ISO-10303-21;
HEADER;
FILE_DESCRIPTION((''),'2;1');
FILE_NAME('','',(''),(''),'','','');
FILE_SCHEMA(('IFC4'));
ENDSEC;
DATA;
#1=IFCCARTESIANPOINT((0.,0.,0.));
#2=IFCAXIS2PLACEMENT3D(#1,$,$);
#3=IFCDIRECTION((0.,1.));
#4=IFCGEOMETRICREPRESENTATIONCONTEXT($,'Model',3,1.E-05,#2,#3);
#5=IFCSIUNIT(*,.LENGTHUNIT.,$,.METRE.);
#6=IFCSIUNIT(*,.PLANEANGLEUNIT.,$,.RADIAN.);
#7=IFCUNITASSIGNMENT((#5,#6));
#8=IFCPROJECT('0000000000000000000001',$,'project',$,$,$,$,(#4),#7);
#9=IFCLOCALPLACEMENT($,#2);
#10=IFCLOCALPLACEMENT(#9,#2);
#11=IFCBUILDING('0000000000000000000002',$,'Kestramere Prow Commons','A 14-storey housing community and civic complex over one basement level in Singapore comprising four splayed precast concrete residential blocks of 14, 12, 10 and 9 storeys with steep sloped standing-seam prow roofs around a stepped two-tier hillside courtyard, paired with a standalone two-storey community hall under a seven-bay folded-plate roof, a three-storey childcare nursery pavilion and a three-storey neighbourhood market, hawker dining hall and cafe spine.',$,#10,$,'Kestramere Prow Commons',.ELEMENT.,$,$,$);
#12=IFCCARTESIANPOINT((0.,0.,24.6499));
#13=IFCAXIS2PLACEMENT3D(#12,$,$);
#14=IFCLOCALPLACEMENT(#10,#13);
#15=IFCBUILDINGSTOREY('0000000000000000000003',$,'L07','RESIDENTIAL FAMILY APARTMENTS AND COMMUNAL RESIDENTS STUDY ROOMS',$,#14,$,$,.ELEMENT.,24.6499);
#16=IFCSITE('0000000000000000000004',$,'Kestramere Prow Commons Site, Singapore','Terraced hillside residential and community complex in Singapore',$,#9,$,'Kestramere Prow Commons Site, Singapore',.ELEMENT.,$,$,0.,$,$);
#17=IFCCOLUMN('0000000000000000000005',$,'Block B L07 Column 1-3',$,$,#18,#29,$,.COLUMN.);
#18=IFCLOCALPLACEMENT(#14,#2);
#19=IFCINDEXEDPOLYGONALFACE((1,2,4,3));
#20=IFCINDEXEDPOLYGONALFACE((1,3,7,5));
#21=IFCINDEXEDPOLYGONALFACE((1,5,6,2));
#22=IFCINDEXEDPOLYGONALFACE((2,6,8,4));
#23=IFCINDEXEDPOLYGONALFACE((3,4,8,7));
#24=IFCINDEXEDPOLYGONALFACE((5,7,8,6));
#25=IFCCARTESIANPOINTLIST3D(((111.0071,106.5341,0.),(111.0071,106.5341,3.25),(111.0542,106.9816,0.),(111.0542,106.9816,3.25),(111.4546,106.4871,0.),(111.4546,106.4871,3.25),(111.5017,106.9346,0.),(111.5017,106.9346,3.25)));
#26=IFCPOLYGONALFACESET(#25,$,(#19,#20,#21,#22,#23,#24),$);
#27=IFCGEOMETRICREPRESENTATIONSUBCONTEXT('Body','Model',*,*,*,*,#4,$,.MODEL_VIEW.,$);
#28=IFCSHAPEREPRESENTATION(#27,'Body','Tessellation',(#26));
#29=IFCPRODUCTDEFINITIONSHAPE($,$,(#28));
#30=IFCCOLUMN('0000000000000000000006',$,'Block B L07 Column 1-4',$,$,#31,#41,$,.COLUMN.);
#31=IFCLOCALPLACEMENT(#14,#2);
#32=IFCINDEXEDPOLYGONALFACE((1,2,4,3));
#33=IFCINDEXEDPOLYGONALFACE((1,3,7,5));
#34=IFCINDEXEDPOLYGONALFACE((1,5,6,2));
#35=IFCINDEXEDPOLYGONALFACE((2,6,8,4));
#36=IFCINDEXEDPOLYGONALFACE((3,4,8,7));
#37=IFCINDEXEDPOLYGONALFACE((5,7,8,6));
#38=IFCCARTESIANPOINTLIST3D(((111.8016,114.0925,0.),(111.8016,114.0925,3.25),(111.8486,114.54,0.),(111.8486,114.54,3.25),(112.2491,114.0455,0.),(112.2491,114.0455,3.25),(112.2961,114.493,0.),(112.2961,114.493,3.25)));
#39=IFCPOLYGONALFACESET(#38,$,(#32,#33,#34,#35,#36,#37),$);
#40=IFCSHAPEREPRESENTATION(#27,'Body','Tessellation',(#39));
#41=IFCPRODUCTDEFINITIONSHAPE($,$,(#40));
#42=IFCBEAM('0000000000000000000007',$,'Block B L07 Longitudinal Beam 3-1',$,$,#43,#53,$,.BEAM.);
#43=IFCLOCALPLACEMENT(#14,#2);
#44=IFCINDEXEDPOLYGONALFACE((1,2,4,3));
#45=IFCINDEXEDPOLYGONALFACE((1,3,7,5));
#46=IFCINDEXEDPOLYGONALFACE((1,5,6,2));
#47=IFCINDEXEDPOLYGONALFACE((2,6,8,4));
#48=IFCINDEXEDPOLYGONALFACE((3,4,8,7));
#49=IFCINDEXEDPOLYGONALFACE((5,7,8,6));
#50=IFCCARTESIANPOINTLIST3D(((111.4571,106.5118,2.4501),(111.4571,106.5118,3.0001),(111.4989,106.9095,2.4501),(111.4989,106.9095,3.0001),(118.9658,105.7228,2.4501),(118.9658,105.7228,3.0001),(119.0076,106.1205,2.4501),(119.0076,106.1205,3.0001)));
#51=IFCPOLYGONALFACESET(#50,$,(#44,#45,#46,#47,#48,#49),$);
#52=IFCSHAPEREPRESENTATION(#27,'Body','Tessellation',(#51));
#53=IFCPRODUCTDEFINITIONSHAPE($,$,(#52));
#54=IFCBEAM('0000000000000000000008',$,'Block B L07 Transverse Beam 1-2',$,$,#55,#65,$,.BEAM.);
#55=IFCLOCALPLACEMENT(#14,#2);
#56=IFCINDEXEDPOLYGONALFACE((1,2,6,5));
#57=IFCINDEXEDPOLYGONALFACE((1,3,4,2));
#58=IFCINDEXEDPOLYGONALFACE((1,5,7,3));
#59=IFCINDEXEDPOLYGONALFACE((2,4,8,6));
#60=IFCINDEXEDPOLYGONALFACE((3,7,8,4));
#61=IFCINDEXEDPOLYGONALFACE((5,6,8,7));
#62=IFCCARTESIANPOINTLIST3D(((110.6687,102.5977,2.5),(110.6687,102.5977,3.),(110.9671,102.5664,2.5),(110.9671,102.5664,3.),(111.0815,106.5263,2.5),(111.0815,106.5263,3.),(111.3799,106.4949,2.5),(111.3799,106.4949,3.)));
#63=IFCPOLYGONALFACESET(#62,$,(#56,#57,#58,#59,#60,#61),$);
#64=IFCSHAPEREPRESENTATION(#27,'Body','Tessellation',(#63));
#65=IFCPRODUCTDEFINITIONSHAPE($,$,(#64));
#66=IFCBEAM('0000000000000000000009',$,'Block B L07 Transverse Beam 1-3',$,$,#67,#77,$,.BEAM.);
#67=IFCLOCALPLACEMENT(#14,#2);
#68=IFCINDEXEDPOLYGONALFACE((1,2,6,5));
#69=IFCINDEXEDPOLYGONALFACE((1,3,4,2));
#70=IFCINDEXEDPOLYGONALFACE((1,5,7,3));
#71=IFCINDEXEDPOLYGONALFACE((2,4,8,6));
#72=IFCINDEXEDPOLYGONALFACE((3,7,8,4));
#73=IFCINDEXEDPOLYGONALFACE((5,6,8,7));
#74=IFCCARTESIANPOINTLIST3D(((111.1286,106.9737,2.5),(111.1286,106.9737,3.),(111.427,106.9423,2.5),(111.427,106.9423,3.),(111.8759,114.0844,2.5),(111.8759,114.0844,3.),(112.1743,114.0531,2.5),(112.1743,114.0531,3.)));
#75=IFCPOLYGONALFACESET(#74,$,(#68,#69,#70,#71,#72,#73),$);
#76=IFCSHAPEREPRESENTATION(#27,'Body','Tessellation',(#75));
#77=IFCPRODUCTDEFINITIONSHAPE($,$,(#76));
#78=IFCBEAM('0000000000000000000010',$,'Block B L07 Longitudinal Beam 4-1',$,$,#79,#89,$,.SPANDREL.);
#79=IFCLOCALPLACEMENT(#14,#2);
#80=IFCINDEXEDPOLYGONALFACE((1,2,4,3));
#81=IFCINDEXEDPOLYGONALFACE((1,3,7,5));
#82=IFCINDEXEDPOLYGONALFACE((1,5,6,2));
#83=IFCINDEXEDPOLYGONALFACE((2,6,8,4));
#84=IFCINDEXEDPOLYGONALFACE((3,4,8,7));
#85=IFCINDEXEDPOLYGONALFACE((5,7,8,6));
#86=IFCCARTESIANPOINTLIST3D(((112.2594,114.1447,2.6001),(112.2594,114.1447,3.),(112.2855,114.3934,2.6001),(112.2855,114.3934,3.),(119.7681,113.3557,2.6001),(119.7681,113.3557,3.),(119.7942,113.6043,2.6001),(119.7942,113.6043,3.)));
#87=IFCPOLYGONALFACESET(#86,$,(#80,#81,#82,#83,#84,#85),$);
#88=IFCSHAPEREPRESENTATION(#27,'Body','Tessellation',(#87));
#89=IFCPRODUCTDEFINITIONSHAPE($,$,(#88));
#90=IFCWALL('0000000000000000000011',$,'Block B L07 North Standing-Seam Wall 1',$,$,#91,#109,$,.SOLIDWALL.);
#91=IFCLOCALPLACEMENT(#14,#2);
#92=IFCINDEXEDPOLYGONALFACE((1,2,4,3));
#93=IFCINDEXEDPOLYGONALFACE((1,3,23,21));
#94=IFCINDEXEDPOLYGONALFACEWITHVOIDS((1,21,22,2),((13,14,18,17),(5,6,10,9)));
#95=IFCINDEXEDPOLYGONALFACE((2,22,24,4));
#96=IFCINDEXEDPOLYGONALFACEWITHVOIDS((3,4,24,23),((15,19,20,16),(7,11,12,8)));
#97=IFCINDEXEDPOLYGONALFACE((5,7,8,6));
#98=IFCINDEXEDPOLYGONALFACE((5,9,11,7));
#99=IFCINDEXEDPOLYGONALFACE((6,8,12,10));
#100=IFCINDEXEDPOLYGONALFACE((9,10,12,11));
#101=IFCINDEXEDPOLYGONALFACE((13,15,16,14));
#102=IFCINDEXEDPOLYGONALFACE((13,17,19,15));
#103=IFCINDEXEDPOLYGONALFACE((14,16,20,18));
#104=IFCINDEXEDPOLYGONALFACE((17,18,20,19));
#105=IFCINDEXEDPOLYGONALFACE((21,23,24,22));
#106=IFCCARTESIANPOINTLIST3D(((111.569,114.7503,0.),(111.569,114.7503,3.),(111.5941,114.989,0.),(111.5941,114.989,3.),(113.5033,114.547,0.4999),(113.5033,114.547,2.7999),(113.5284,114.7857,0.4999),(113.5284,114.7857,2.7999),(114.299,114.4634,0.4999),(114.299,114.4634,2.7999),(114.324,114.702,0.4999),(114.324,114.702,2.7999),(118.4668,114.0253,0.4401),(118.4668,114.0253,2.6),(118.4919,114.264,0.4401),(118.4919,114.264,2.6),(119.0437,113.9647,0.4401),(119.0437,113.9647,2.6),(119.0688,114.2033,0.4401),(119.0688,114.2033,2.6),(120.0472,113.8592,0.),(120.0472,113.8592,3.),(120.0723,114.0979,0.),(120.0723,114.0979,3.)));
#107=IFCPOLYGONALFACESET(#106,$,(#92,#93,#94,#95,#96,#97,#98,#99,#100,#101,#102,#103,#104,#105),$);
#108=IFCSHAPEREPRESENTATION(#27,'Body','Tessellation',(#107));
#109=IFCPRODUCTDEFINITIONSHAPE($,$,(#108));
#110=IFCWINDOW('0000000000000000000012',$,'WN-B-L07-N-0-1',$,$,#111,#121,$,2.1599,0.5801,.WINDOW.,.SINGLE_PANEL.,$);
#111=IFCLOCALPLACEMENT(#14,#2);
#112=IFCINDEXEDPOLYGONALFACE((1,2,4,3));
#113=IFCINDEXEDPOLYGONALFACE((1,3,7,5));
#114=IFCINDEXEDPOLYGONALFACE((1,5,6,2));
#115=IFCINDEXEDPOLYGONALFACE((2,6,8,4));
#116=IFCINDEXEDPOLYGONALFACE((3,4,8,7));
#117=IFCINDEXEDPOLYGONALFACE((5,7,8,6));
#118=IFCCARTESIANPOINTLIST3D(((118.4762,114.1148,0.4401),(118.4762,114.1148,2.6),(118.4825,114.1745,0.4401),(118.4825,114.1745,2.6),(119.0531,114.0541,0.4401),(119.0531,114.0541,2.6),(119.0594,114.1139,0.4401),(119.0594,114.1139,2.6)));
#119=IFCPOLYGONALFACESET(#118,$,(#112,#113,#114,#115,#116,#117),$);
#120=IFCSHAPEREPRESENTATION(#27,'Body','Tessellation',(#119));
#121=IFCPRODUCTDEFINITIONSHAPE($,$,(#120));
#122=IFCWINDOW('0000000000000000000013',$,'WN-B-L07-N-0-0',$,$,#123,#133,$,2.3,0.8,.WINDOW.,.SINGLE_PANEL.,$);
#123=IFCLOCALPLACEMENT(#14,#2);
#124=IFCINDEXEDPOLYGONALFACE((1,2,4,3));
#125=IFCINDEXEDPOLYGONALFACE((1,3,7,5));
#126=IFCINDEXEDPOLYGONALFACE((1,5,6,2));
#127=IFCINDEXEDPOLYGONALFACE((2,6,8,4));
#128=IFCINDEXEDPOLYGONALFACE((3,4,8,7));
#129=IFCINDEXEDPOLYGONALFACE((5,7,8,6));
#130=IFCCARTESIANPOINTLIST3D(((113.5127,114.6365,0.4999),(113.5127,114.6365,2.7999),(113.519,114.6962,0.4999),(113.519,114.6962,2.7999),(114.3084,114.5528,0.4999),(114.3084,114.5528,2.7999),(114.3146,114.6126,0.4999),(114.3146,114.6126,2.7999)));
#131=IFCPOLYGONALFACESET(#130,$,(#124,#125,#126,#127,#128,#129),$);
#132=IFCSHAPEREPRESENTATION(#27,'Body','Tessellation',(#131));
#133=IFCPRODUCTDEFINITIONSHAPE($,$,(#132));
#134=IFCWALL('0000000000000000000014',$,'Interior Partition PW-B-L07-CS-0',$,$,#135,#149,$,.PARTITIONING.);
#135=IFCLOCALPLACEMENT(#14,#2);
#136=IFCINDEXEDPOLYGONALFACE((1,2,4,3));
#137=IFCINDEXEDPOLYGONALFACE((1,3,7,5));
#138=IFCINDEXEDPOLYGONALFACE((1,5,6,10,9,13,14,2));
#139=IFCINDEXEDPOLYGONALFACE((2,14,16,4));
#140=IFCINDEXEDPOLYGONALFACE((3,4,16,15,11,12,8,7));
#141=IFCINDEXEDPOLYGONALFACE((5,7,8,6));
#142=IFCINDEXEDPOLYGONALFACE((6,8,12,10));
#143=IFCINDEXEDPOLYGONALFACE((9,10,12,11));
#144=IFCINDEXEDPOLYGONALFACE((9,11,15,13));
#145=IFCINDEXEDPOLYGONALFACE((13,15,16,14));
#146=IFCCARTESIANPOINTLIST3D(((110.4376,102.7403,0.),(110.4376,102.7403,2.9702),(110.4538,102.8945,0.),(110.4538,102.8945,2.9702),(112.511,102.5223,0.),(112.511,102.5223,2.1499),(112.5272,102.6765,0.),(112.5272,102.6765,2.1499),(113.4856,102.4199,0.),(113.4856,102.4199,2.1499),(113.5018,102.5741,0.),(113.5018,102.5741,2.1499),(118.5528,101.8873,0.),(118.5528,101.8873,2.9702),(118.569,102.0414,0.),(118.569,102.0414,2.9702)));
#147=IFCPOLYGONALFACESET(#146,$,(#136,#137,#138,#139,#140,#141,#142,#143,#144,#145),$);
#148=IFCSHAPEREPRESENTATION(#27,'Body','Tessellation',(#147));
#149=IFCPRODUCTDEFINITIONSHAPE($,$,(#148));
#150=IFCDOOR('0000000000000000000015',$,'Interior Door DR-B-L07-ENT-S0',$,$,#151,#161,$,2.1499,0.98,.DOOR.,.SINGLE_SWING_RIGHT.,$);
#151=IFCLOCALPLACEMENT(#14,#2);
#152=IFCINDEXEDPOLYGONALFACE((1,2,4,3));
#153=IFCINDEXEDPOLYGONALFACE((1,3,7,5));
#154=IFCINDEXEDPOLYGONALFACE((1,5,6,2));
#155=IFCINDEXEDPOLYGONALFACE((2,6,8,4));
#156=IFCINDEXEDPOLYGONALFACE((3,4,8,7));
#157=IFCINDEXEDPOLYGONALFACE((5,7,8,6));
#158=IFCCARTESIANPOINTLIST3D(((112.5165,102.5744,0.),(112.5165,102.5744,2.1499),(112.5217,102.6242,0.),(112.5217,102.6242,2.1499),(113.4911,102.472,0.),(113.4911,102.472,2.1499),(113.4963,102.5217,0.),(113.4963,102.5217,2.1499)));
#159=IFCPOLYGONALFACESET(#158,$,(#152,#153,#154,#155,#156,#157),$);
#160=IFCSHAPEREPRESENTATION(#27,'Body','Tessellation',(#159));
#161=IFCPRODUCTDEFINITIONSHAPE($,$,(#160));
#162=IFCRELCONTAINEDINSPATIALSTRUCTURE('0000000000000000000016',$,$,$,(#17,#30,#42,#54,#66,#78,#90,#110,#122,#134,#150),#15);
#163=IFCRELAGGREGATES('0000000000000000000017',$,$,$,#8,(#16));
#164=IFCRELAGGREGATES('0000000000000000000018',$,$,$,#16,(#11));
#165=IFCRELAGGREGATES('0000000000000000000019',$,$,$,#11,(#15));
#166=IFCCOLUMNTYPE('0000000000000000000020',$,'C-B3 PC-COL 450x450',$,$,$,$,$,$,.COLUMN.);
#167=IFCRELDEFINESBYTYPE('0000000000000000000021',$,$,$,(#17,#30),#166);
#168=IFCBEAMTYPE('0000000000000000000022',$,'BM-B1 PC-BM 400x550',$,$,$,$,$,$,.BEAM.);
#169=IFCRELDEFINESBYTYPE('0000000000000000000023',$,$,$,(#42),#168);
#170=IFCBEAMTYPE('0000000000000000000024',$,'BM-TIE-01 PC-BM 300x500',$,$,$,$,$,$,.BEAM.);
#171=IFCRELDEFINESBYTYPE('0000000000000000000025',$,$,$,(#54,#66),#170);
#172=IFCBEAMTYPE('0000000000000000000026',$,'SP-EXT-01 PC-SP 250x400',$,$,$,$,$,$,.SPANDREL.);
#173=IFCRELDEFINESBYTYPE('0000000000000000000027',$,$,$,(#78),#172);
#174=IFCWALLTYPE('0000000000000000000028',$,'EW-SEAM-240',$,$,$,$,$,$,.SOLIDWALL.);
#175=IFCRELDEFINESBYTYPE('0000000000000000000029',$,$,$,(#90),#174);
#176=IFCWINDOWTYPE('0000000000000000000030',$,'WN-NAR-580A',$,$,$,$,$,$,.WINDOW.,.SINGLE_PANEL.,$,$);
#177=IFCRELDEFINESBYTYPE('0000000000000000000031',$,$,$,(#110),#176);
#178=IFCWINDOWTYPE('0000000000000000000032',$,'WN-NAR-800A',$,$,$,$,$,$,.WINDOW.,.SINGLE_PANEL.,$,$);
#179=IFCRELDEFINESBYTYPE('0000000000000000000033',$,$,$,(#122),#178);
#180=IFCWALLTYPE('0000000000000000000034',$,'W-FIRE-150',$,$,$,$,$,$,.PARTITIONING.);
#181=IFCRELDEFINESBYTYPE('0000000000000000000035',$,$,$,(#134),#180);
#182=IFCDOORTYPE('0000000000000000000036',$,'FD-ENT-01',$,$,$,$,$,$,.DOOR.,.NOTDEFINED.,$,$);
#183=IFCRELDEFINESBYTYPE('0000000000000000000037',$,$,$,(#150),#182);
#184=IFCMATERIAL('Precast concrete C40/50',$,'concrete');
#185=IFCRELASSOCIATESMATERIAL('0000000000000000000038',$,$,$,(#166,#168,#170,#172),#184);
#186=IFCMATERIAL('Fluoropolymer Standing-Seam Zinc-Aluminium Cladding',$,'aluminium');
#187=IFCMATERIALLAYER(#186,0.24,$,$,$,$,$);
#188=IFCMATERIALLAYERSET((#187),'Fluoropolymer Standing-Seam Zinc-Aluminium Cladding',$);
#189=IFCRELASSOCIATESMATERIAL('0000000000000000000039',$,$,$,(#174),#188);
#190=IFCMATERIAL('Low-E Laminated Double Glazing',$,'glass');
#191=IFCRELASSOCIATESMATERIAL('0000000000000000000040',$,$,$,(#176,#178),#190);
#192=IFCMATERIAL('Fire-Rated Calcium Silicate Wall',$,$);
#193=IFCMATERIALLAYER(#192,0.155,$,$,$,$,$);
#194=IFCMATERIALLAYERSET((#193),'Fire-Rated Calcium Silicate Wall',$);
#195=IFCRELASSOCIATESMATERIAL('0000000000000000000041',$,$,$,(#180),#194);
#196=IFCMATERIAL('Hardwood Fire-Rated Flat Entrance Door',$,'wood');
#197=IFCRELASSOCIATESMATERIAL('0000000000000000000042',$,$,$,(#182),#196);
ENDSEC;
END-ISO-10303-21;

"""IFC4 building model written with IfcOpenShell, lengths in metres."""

from ifc_helpers import new_model, si_unit, direction, frame, frame_2d, origin, origin_2d, place, context, subcontext, project, spatial, rectangle, extrude, material, layer, layer_set, material_profile, profile_set, type_object, element, fill, save


model = new_model("IFC4")

# Units and contexts
model_context = context("Model", 3, precision=1e-05, world=origin(), true_north=direction((0.0, 1.0)))
body_context = subcontext(model_context, "Body", "Model", "MODEL_VIEW")
ifc_project = project(units=[si_unit("LENGTHUNIT", "METRE"), si_unit("PLANEANGLEUNIT", "RADIAN")], contexts=[model_context])

# Site, building, storey
site_placement = place(None, origin())
site = spatial("IfcSite", under=ifc_project, at=site_placement, Name="Kestramere Prow Commons Site, Singapore", Description="Terraced hillside residential and community complex in Singapore", LongName="Kestramere Prow Commons Site, Singapore", CompositionType="ELEMENT", RefElevation=0.0)
building_placement = place(site_placement, origin())
building = spatial("IfcBuilding", under=site, at=building_placement, Name="Kestramere Prow Commons", Description="A 14-storey housing community and civic complex over one basement level in Singapore comprising four splayed precast concrete residential blocks of 14, 12, 10 and 9 storeys with steep sloped standing-seam prow roofs around a stepped two-tier hillside courtyard, paired with a standalone two-storey community hall under a seven-bay folded-plate roof, a three-storey childcare nursery pavilion and a three-storey neighbourhood market, hawker dining hall and cafe spine.", LongName="Kestramere Prow Commons", CompositionType="ELEMENT")
storey_placement = place(building_placement, frame((0.0, 0.0, 24.6499)))
storey = spatial("IfcBuildingStorey", under=building, at=storey_placement, Name="L07", Description="RESIDENTIAL FAMILY APARTMENTS AND COMMUNAL RESIDENTS STUDY ROOMS", CompositionType="ELEMENT", Elevation=24.6499)

# Columns
ifc_material_1 = material(Name="Precast concrete C40/50", Category="concrete")
ifc_material_profile_1 = material_profile(ifc_material_1, rectangle(XDim=0.45, YDim=0.45, at=origin_2d()), Name="PC-COL 450x450")
ifc_profile_set_1 = profile_set([ifc_material_profile_1], Name="Precast concrete C40/50")
column_type = type_object("IfcColumnType", Name="C-B3 PC-COL 450x450", PredefinedType="COLUMN", material=ifc_profile_set_1)
for number, where, z_axis, x_axis, name in (
    (1, (111.2544, 106.7344, 0.0), (0.0, 0.0, 1.0), (0.994522, -0.104528, 0.0), "Block B L07 Column 1-3"),
    (2, (112.0488, 114.2927, 0.0), (0.0, 0.0, 1.0), (0.994522, -0.104528, 0.0), "Block B L07 Column 1-4"),
):
    element("IfcColumn", number, at=place(storey_placement, frame(where, z_axis=z_axis, x_axis=x_axis)), inside=storey, type_object=column_type, Name=name, PredefinedType="COLUMN", context=body_context, shape_type="SweptSolid", body=[
        extrude(rectangle(XDim=0.45, YDim=0.45, at=origin_2d()), origin(), (0.0, 0.0, 1.0), 3.25),
    ])

# Beams
ifc_material_profile_2 = material_profile(ifc_material_1, rectangle(XDim=0.3999, YDim=0.55, at=origin_2d()), Name="PC-BM 400x550")
ifc_profile_set_2 = profile_set([ifc_material_profile_2], Name="Precast concrete C40/50")
beam_type_1 = type_object("IfcBeamType", Name="BM-B1 PC-BM 400x550", PredefinedType="BEAM", material=ifc_profile_set_2)
beam_1_placement = place(storey_placement, frame((111.478, 106.7107, 2.7251), z_axis=(0.994524, -0.10451, 0.0), x_axis=(0.10451, 0.994524, 0.0)))
element("IfcBeam", 3, at=beam_1_placement, inside=storey, type_object=beam_type_1, Name="Block B L07 Longitudinal Beam 3-1", PredefinedType="BEAM", context=body_context, shape_type="SweptSolid", body=[
    extrude(rectangle(XDim=0.3999, YDim=0.55, at=origin_2d()), origin(), (0.0, 0.0, 1.0), 7.55),
])
ifc_material_profile_3 = material_profile(ifc_material_1, rectangle(XDim=0.3, YDim=0.5, at=origin_2d()), Name="PC-BM 300x500")
ifc_profile_set_3 = profile_set([ifc_material_profile_3], Name="Precast concrete C40/50")
beam_type_2 = type_object("IfcBeamType", Name="BM-TIE-01 PC-BM 300x500", PredefinedType="BEAM", material=ifc_profile_set_3)
beam_2_placement = place(storey_placement, frame((110.8179, 102.582, 2.75), z_axis=(0.104514, 0.994523, 0.0), x_axis=(-0.994523, 0.104514, 0.0)))
element("IfcBeam", 4, at=beam_2_placement, inside=storey, type_object=beam_type_2, Name="Block B L07 Transverse Beam 1-2", PredefinedType="BEAM", context=body_context, shape_type="SweptSolid", body=[
    extrude(rectangle(XDim=0.3, YDim=0.5, at=origin_2d()), origin(), (0.0, 0.0, 1.0), 3.9502),
])
beam_3_placement = place(storey_placement, frame((111.2778, 106.958, 2.75), z_axis=(0.104519, 0.994523, 0.0), x_axis=(-0.994523, 0.104519, 0.0)))
element("IfcBeam", 5, at=beam_3_placement, inside=storey, type_object=beam_type_2, Name="Block B L07 Transverse Beam 1-3", PredefinedType="BEAM", context=body_context, shape_type="SweptSolid", body=[
    extrude(rectangle(XDim=0.3, YDim=0.5, at=origin_2d()), origin(), (0.0, 0.0, 1.0), 7.1499),
])
ifc_material_profile_4 = material_profile(ifc_material_1, rectangle(XDim=0.25, YDim=0.3999, at=origin_2d()), Name="PC-SP 250x400")
ifc_profile_set_4 = profile_set([ifc_material_profile_4], Name="Precast concrete C40/50")
beam_type_3 = type_object("IfcBeamType", Name="SP-EXT-01 PC-SP 250x400", PredefinedType="SPANDREL", material=ifc_profile_set_4)
beam_4_placement = place(storey_placement, frame((112.2725, 114.269, 2.8), z_axis=(0.994524, -0.10451, 0.0), x_axis=(0.10451, 0.994524, 0.0)))
element("IfcBeam", 6, at=beam_4_placement, inside=storey, type_object=beam_type_3, Name="Block B L07 Longitudinal Beam 4-1", PredefinedType="SPANDREL", context=body_context, shape_type="SweptSolid", body=[
    extrude(rectangle(XDim=0.25, YDim=0.3999, at=origin_2d()), origin(), (0.0, 0.0, 1.0), 7.55),
])

# Wall, openings, windows
ifc_material_2 = material(Name="Fluoropolymer Standing-Seam Zinc-Aluminium Cladding", Category="aluminium")
ifc_layer_1 = layer(ifc_material_2, 0.24)
ifc_layer_set_1 = layer_set([ifc_layer_1], Name="Fluoropolymer Standing-Seam Zinc-Aluminium Cladding")
wall_type_1 = type_object("IfcWallType", Name="EW-SEAM-240", PredefinedType="SOLIDWALL", material=ifc_layer_set_1)
wall_1_placement = place(storey_placement, frame((111.5815, 114.8696, 0.0), z_axis=(0.0, 0.0, 1.0), x_axis=(0.994522, -0.10453, 0.0)))
wall_1 = element("IfcWall", 7, at=wall_1_placement, inside=storey, type_object=wall_type_1, Name="Block B L07 North Standing-Seam Wall 1", PredefinedType="SOLIDWALL", context=body_context, shape_type="SweptSolid", body=[
    extrude(rectangle(XDim=8.5249, YDim=0.24, at=frame_2d((4.2625, 0.0))), origin(), (0.0, 0.0, 1.0), 3.0),
])
opening_1_placement = place(wall_1_placement, frame((1.9451, 0.0, 0.5)))
opening_1 = element("IfcOpeningElement", 8, at=opening_1_placement, cuts=wall_1, PredefinedType="OPENING", context=body_context, shape_type="SweptSolid", body=[
    extrude(rectangle(XDim=0.8, YDim=2.3, at=frame_2d((0.3999, 1.1499))), frame((0.0, 0.135, 0.0), z_axis=(0.0, -1.0, 0.0), x_axis=(1.0, 0.0, 0.0)), (0.0, 0.0, 1.0), 0.27),
])
opening_2_placement = place(wall_1_placement, frame((6.9358, 0.0, 0.4399)))
opening_2 = element("IfcOpeningElement", 9, at=opening_2_placement, cuts=wall_1, PredefinedType="OPENING", context=body_context, shape_type="SweptSolid", body=[
    extrude(rectangle(XDim=0.5801, YDim=2.1599, at=frame_2d((0.29, 1.0801))), frame((0.0, 0.135, 0.0), z_axis=(0.0, -1.0, 0.0), x_axis=(1.0, 0.0, 0.0)), (0.0, 0.0, 1.0), 0.27),
])
ifc_material_3 = material(Name="Low-E Laminated Double Glazing", Category="glass")
window_type_1 = type_object("IfcWindowType", Name="WN-NAR-580A", PartitioningType="SINGLE_PANEL", PredefinedType="WINDOW", material=ifc_material_3)
window_1_placement = place(opening_2_placement, origin())
window_1 = element("IfcWindow", 10, at=window_1_placement, inside=storey, type_object=window_type_1, Name="WN-B-L07-N-0-1", OverallHeight=2.1599, OverallWidth=0.5801, PartitioningType="SINGLE_PANEL", PredefinedType="WINDOW", context=body_context, shape_type="SweptSolid", body=[
    extrude(rectangle(XDim=0.5801, YDim=2.1599, at=frame_2d((0.29, 1.0801))), frame((0.0, 0.03, 0.0), z_axis=(0.0, -1.0, 0.0), x_axis=(1.0, 0.0, 0.0)), (0.0, 0.0, 1.0), 0.0601),
])
fill(opening_2, window_1)
window_type_2 = type_object("IfcWindowType", Name="WN-NAR-800A", PartitioningType="SINGLE_PANEL", PredefinedType="WINDOW", material=ifc_material_3)
window_2_placement = place(opening_1_placement, origin())
window_2 = element("IfcWindow", 11, at=window_2_placement, inside=storey, type_object=window_type_2, Name="WN-B-L07-N-0-0", OverallHeight=2.3, OverallWidth=0.8, PartitioningType="SINGLE_PANEL", PredefinedType="WINDOW", context=body_context, shape_type="SweptSolid", body=[
    extrude(rectangle(XDim=0.8, YDim=2.3, at=frame_2d((0.3999, 1.1499))), frame((0.0, 0.03, 0.0), z_axis=(0.0, -1.0, 0.0), x_axis=(1.0, 0.0, 0.0)), (0.0, 0.0, 1.0), 0.0601),
])
fill(opening_1, window_2)

# Wall, opening, door
ifc_material_4 = material(Name="Fire-Rated Calcium Silicate Wall")
ifc_layer_2 = layer(ifc_material_4, 0.155)
ifc_layer_set_2 = layer_set([ifc_layer_2], Name="Fire-Rated Calcium Silicate Wall")
wall_type_2 = type_object("IfcWallType", Name="W-FIRE-150", PredefinedType="PARTITIONING", material=ifc_layer_set_2)
wall_2_placement = place(storey_placement, frame((110.4456, 102.8174, 0.0), z_axis=(0.0, 0.0, 1.0), x_axis=(0.994521, -0.104538, 0.0)))
wall_2 = element("IfcWall", 12, at=wall_2_placement, inside=storey, type_object=wall_type_2, Name="Interior Partition PW-B-L07-CS-0", PredefinedType="PARTITIONING", context=body_context, shape_type="SweptSolid", body=[
    extrude(rectangle(XDim=8.1599, YDim=0.155, at=frame_2d((4.0801, 0.0))), origin(), (0.0, 0.0, 1.0), 2.9702),
])
opening_3_placement = place(wall_2_placement, frame((2.085, 0.0, 0.0)))
opening_3 = element("IfcOpeningElement", 13, at=opening_3_placement, cuts=wall_2, PredefinedType="OPENING", context=body_context, shape_type="SweptSolid", body=[
    extrude(rectangle(XDim=0.98, YDim=2.1499, at=frame_2d((0.49, 1.075))), frame((0.0, 0.0925, 0.0), z_axis=(0.0, -1.0, 0.0), x_axis=(1.0, 0.0, 0.0)), (0.0, 0.0, 1.0), 0.1851),
])
ifc_material_5 = material(Name="Hardwood Fire-Rated Flat Entrance Door", Category="wood")
door_type_1 = type_object("IfcDoorType", Name="FD-ENT-01", OperationType="NOTDEFINED", PredefinedType="DOOR", material=ifc_material_5)
door_1_placement = place(opening_3_placement, origin())
door_1 = element("IfcDoor", 14, at=door_1_placement, inside=storey, type_object=door_type_1, Name="Interior Door DR-B-L07-ENT-S0", OperationType="SINGLE_SWING_RIGHT", OverallHeight=2.1499, OverallWidth=0.98, PredefinedType="DOOR", context=body_context, shape_type="SweptSolid", body=[
    extrude(rectangle(XDim=0.98, YDim=2.1499, at=frame_2d((0.49, 1.075))), frame((0.0, 0.0249, 0.0), z_axis=(0.0, -1.0, 0.0), x_axis=(1.0, 0.0, 0.0)), (0.0, 0.0, 1.0), 0.05),
])
fill(opening_3, door_1)

save(model, "model.ifc")
